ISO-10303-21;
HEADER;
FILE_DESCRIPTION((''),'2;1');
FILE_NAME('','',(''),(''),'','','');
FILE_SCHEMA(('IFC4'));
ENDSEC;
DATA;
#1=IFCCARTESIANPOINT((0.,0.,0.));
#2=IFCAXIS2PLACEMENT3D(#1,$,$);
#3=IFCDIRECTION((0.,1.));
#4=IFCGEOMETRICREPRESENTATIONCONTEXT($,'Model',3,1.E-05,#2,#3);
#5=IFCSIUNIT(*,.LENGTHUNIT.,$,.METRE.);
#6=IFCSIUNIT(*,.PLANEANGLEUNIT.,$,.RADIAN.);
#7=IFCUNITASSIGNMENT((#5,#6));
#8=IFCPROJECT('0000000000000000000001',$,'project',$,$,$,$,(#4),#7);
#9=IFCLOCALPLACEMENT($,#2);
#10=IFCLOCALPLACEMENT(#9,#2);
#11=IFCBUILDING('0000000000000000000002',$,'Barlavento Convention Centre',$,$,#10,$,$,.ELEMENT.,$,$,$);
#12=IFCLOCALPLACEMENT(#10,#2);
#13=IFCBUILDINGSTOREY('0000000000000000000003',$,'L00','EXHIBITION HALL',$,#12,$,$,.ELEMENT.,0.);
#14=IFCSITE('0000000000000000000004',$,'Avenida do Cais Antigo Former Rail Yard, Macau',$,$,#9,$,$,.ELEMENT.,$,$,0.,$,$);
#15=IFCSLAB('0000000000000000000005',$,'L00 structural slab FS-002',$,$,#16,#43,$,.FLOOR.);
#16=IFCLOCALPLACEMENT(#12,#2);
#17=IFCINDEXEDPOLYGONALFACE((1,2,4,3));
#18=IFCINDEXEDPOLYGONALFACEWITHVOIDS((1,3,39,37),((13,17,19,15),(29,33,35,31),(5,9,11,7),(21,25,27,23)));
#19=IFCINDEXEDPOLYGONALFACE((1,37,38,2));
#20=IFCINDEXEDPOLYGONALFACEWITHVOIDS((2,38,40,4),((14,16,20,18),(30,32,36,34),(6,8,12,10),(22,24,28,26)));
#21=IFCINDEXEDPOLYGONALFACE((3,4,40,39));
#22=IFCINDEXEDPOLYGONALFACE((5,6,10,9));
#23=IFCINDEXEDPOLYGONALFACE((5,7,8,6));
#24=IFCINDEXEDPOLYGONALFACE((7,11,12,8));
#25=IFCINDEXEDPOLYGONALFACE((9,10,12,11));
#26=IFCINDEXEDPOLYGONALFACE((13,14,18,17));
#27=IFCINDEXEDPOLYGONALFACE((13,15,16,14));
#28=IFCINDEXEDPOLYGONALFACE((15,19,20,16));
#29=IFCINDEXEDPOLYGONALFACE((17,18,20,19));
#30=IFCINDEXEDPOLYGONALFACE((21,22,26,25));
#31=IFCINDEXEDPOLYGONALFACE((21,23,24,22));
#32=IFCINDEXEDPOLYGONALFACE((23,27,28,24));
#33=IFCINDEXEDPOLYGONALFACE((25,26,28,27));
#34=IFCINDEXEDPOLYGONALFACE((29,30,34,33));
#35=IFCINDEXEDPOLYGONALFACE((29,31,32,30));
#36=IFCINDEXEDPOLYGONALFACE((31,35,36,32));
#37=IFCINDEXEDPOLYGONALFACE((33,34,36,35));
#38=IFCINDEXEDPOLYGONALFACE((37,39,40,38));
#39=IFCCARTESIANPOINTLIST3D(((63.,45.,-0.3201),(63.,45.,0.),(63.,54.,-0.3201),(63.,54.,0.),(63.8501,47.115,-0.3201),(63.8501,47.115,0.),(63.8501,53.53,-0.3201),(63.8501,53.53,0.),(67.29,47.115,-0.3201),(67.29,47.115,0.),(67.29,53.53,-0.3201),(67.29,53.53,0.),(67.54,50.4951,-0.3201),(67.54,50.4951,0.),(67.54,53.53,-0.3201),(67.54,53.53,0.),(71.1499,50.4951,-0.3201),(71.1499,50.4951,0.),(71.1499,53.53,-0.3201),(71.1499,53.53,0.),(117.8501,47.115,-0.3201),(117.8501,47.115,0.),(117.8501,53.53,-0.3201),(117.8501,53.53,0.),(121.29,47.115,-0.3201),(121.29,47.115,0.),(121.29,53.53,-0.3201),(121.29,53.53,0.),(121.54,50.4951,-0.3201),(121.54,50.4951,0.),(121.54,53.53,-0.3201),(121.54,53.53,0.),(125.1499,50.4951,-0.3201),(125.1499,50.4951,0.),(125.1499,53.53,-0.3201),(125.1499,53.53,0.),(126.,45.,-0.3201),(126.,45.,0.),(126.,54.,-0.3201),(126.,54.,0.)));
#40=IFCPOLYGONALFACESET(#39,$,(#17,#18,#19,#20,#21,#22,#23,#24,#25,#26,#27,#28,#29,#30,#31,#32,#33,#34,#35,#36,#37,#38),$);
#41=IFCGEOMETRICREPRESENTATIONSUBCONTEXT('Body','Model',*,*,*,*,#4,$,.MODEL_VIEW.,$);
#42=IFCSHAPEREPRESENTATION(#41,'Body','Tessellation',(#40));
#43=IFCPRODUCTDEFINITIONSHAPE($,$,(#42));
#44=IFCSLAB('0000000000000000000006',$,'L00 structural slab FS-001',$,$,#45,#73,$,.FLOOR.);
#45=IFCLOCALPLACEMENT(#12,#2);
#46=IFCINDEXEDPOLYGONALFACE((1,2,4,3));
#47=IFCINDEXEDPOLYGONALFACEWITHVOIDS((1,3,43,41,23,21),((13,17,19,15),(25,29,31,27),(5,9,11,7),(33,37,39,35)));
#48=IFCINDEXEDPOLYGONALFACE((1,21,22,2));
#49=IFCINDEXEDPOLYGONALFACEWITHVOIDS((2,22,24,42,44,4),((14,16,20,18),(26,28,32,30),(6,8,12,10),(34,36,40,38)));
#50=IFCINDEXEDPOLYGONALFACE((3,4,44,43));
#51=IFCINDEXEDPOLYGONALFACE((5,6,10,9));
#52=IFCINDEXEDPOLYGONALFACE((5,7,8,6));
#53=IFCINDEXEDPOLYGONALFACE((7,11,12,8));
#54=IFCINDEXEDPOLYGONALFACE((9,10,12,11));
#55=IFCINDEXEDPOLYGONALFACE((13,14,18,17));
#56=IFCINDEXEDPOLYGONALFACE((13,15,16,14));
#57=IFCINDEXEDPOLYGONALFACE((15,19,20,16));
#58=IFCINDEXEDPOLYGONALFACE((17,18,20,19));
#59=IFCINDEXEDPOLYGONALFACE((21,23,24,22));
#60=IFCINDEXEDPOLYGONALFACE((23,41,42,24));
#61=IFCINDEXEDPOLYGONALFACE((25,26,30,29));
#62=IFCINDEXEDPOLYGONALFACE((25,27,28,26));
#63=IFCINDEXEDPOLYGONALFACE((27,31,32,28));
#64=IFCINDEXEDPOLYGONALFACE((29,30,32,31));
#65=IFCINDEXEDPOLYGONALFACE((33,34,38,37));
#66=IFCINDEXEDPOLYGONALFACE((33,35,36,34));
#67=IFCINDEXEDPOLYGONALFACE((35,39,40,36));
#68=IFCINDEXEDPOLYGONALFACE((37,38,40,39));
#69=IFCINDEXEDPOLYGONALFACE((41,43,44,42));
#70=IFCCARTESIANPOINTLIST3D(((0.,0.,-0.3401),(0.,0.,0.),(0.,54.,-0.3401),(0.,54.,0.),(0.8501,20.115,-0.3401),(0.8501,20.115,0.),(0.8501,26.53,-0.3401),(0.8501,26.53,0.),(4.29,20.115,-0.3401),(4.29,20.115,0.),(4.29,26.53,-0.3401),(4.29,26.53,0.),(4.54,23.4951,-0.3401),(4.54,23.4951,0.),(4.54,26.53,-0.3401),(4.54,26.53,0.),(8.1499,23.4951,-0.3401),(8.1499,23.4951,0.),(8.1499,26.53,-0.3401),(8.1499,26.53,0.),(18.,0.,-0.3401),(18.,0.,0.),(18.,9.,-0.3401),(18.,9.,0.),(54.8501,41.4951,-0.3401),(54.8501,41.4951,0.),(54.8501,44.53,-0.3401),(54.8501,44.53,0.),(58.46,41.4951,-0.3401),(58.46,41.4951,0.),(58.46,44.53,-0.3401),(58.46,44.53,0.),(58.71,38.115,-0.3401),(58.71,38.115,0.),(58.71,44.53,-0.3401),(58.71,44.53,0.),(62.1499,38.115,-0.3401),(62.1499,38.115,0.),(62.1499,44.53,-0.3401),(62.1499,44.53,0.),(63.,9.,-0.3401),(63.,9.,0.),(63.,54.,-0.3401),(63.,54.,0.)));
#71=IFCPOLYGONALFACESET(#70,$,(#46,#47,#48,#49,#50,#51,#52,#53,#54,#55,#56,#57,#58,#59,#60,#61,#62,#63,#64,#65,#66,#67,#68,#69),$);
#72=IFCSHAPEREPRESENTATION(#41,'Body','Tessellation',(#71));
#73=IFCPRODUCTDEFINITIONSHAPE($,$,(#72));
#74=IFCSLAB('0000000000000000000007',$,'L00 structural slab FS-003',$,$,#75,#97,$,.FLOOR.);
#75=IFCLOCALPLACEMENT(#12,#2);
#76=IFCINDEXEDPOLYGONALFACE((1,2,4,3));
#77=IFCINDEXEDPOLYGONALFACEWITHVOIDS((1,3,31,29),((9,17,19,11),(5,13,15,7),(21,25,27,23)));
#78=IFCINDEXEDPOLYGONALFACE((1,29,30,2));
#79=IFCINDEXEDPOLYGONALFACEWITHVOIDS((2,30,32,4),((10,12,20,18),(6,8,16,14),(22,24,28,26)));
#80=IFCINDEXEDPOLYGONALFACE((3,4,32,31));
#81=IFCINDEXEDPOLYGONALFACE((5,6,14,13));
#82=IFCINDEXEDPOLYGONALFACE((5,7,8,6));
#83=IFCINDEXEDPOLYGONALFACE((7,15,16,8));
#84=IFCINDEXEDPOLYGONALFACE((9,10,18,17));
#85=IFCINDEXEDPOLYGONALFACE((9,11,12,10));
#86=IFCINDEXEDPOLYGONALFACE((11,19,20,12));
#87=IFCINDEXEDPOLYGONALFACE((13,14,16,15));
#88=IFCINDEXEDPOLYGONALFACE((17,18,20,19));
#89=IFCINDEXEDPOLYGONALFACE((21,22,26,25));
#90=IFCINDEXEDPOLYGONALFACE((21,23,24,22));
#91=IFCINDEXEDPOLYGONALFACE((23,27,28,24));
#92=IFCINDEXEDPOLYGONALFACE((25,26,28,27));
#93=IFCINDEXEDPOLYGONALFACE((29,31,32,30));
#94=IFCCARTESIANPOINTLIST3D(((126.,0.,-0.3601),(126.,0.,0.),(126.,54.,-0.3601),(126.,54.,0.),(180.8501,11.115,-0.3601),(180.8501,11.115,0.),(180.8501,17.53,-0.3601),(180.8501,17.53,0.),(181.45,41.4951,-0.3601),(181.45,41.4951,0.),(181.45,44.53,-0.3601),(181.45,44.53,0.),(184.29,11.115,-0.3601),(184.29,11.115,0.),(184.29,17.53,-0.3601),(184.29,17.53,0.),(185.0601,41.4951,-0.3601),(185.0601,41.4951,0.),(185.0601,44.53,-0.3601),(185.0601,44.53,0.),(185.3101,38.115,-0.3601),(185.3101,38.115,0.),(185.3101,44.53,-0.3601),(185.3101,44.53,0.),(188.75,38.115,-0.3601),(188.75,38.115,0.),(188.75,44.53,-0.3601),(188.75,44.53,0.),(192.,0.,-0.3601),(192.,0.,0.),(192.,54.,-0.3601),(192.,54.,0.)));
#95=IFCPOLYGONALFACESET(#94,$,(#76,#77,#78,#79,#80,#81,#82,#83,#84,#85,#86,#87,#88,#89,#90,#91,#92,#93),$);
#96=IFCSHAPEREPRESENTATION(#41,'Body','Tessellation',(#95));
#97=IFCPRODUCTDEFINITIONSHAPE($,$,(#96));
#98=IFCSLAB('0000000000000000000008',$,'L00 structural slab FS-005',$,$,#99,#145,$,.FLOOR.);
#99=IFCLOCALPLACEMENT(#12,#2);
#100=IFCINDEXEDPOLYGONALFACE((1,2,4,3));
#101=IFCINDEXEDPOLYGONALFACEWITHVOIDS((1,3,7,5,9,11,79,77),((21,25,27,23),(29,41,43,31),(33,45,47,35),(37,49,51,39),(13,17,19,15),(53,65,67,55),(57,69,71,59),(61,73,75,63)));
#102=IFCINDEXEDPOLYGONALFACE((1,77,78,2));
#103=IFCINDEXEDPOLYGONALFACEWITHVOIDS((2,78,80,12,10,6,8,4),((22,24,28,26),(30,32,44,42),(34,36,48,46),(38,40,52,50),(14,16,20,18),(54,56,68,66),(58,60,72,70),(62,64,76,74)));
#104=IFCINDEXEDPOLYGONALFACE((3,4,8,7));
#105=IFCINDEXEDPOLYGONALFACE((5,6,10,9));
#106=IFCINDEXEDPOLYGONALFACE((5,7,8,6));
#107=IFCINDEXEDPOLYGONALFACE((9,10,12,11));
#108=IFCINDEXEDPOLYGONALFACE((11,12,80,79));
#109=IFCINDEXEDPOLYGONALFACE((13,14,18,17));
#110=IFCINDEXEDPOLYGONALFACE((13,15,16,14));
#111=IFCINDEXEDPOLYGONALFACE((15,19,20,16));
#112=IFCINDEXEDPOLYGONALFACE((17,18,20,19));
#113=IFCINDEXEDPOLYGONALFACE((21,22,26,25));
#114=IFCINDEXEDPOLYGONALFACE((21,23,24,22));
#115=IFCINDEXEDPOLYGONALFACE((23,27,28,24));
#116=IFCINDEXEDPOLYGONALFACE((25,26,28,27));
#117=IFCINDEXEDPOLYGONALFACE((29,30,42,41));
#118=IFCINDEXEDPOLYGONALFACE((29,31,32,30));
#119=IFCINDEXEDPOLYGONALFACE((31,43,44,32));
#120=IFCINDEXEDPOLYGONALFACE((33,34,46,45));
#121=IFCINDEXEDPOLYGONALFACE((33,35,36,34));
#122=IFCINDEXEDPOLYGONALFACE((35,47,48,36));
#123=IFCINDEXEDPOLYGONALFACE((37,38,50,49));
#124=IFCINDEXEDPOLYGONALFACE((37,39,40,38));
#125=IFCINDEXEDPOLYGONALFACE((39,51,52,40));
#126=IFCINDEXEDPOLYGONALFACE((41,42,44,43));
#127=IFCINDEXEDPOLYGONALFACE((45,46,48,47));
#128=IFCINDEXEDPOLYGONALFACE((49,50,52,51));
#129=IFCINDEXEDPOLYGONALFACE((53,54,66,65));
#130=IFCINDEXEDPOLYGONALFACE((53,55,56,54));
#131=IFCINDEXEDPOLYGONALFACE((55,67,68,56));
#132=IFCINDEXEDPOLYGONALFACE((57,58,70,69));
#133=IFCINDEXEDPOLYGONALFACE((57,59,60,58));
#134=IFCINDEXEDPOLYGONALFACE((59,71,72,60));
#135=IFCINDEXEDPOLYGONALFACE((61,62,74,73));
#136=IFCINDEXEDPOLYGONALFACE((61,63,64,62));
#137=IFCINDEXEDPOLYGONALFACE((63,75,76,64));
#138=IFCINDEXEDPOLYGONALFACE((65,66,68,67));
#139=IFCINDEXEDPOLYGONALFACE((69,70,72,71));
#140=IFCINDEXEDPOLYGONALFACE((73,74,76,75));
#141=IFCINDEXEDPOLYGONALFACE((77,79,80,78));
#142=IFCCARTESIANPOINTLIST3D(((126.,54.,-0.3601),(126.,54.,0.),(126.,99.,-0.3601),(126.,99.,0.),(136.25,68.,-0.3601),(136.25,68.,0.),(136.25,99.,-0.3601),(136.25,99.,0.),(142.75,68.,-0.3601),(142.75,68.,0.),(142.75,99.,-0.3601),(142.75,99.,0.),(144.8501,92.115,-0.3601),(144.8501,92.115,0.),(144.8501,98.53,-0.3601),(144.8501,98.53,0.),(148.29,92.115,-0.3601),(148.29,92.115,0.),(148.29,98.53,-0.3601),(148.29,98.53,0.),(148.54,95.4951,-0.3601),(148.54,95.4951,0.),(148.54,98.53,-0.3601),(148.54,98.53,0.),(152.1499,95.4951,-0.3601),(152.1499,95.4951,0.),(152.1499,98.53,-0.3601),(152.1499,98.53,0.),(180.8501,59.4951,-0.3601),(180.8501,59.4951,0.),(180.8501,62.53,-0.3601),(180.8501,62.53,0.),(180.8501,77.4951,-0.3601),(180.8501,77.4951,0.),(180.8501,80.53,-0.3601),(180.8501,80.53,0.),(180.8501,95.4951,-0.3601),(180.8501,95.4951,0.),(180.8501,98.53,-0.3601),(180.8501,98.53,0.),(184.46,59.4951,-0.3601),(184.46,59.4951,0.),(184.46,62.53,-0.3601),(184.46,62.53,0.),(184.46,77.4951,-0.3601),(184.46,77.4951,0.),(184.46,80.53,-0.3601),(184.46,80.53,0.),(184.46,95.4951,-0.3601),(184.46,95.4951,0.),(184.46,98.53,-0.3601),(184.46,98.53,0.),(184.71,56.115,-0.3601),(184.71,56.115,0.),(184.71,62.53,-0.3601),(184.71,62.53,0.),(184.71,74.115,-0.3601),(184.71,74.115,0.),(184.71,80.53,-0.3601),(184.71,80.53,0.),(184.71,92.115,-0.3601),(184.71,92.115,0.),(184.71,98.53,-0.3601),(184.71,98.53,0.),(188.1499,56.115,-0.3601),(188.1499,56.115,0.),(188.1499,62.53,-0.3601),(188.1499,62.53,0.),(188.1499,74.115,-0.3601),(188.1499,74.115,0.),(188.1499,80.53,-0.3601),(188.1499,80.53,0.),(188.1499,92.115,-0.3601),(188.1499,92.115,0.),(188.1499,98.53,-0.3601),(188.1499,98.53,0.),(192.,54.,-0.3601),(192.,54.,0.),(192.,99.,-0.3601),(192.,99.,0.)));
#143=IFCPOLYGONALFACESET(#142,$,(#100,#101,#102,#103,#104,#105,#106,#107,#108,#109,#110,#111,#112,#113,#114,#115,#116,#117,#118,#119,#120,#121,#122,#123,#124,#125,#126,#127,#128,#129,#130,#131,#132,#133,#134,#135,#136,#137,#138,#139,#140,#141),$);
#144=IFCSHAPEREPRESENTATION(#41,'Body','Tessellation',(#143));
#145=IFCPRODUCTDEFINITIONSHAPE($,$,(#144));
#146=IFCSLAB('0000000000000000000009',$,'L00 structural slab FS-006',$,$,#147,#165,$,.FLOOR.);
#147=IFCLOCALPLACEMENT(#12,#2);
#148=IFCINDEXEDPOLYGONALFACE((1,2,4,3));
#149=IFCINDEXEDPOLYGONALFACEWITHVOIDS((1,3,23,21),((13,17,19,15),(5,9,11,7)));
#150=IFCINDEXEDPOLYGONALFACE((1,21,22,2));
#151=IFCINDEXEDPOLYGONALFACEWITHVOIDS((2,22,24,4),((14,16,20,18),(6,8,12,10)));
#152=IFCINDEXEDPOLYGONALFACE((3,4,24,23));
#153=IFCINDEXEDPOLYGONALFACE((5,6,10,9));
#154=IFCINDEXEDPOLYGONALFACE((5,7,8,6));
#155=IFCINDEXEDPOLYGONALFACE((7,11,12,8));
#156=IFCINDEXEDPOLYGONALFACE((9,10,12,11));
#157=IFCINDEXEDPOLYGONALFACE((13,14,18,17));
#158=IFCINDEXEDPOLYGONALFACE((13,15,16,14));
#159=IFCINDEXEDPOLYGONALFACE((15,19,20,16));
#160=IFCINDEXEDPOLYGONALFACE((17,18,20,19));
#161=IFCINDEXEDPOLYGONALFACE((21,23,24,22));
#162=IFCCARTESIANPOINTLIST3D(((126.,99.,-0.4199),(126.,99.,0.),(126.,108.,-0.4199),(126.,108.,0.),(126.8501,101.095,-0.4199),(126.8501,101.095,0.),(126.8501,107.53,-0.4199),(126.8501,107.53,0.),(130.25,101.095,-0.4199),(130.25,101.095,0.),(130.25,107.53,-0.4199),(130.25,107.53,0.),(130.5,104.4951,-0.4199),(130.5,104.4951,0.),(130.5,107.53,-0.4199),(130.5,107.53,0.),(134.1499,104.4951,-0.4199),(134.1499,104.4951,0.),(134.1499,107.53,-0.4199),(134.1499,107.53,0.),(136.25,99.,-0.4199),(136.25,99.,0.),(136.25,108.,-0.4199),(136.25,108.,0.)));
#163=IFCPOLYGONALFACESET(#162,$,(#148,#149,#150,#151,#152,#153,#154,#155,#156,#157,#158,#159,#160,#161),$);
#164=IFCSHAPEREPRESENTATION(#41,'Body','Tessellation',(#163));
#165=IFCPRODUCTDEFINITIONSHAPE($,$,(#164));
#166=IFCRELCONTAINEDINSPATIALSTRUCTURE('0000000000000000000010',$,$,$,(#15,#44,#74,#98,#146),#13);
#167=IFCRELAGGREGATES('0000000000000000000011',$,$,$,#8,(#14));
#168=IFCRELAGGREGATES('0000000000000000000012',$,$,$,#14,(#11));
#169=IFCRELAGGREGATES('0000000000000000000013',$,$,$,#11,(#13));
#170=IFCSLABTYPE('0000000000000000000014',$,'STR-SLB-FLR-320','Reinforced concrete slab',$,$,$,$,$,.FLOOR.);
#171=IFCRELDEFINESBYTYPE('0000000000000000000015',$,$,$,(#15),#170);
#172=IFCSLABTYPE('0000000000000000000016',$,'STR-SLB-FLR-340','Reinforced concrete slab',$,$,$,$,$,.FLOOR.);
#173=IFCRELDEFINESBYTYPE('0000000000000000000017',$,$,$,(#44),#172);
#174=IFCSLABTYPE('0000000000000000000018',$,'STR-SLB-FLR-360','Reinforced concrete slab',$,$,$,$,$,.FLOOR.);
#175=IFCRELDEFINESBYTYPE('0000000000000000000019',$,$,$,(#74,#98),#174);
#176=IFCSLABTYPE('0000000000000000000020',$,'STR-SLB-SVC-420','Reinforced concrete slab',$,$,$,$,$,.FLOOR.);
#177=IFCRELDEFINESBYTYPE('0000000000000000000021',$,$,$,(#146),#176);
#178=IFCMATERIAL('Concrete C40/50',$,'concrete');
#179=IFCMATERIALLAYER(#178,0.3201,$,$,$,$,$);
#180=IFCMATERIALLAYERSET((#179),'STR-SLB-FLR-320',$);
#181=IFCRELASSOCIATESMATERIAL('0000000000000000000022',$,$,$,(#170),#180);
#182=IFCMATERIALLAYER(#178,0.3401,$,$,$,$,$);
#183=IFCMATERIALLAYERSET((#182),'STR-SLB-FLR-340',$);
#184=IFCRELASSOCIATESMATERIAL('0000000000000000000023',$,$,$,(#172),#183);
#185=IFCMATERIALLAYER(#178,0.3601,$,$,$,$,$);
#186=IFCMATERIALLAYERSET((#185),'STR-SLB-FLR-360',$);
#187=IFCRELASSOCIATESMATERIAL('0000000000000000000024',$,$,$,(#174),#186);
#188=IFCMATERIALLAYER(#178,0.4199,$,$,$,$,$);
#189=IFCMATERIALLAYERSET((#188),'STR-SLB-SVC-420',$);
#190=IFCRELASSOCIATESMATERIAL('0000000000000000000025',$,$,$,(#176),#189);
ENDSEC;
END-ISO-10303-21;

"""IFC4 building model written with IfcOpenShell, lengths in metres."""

from ifc_helpers import new_model, si_unit, direction, frame, origin, place, context, subcontext, project, spatial, polyline, outline, extrude, material, layer, layer_set, type_object, element, save


model = new_model("IFC4")

# Units and contexts
model_context = context("Model", 3, precision=1e-05, world=origin(), true_north=direction((0.0, 1.0)))
body_context = subcontext(model_context, "Body", "Model", "MODEL_VIEW")
ifc_project = project(units=[si_unit("LENGTHUNIT", "METRE"), si_unit("PLANEANGLEUNIT", "RADIAN")], contexts=[model_context])

# Site, building, storey
site_placement = place(None, origin())
site = spatial("IfcSite", under=ifc_project, at=site_placement, Name="Avenida do Cais Antigo Former Rail Yard, Macau", CompositionType="ELEMENT", RefElevation=0.0)
building_placement = place(site_placement, origin())
building = spatial("IfcBuilding", under=site, at=building_placement, Name="Barlavento Convention Centre", CompositionType="ELEMENT")
storey_placement = place(building_placement, origin())
storey = spatial("IfcBuildingStorey", under=building, at=storey_placement, Name="L00", Description="EXHIBITION HALL", CompositionType="ELEMENT", Elevation=0.0)

# Shared definitions
ifc_material_1 = material(Name="Concrete C40/50", Category="concrete")

# Slabs
ifc_layer_1 = layer(ifc_material_1, 0.3201)
ifc_layer_set_1 = layer_set([ifc_layer_1], Name="STR-SLB-FLR-320")
slab_type_1 = type_object("IfcSlabType", Name="STR-SLB-FLR-320", Description="Reinforced concrete slab", PredefinedType="FLOOR", material=ifc_layer_set_1)
slab_1_placement = place(storey_placement, frame((0.0, 0.0, -0.3201)))
element("IfcSlab", 1, at=slab_1_placement, inside=storey, type_object=slab_type_1, Name="L00 structural slab FS-002", PredefinedType="FLOOR", context=body_context, shape_type="SweptSolid", body=[
    extrude(outline(polyline([(63.0, 45.0), (126.0, 45.0), (126.0, 54.0), (63.0, 54.0), (63.0, 45.0)]), holes=[polyline([(67.29, 47.115), (67.29, 53.53), (63.8501, 53.53), (63.8501, 47.115), (67.29, 47.115)]), polyline([(67.54, 50.4951), (71.1499, 50.4951), (71.1499, 53.53), (67.54, 53.53), (67.54, 50.4951)]), polyline([(121.29, 47.115), (121.29, 53.53), (117.8501, 53.53), (117.8501, 47.115), (121.29, 47.115)]), polyline([(121.54, 50.4951), (125.1499, 50.4951), (125.1499, 53.53), (121.54, 53.53), (121.54, 50.4951)])]), origin(), (0.0, 0.0, 1.0), 0.3201),
])
ifc_layer_2 = layer(ifc_material_1, 0.3401)
ifc_layer_set_2 = layer_set([ifc_layer_2], Name="STR-SLB-FLR-340")
slab_type_2 = type_object("IfcSlabType", Name="STR-SLB-FLR-340", Description="Reinforced concrete slab", PredefinedType="FLOOR", material=ifc_layer_set_2)
slab_2_placement = place(storey_placement, frame((0.0, 0.0, -0.3401)))
element("IfcSlab", 2, at=slab_2_placement, inside=storey, type_object=slab_type_2, Name="L00 structural slab FS-001", PredefinedType="FLOOR", context=body_context, shape_type="SweptSolid", body=[
    extrude(outline(polyline([(0.0, 0.0), (18.0, 0.0), (18.0, 9.0), (63.0, 9.0), (63.0, 54.0), (0.0, 54.0), (0.0, 0.0)]), holes=[polyline([(4.29, 20.115), (4.29, 26.53), (0.8501, 26.53), (0.8501, 20.115), (4.29, 20.115)]), polyline([(4.54, 23.4951), (8.1499, 23.4951), (8.1499, 26.53), (4.54, 26.53), (4.54, 23.4951)]), polyline([(62.1499, 38.115), (62.1499, 44.53), (58.71, 44.53), (58.71, 38.115), (62.1499, 38.115)]), polyline([(54.8501, 41.4951), (58.46, 41.4951), (58.46, 44.53), (54.8501, 44.53), (54.8501, 41.4951)])]), origin(), (0.0, 0.0, 1.0), 0.3401),
])
ifc_layer_3 = layer(ifc_material_1, 0.3601)
ifc_layer_set_3 = layer_set([ifc_layer_3], Name="STR-SLB-FLR-360")
slab_type_3 = type_object("IfcSlabType", Name="STR-SLB-FLR-360", Description="Reinforced concrete slab", PredefinedType="FLOOR", material=ifc_layer_set_3)
slab_3_placement = place(storey_placement, frame((0.0, 0.0, -0.3601)))
element("IfcSlab", 3, at=slab_3_placement, inside=storey, type_object=slab_type_3, Name="L00 structural slab FS-003", PredefinedType="FLOOR", context=body_context, shape_type="SweptSolid", body=[
    extrude(outline(polyline([(126.0, 0.0), (192.0, 0.0), (192.0, 54.0), (126.0, 54.0), (126.0, 0.0)]), holes=[polyline([(188.75, 38.115), (188.75, 44.53), (185.3101, 44.53), (185.3101, 38.115), (188.75, 38.115)]), polyline([(181.45, 41.4951), (185.0601, 41.4951), (185.0601, 44.53), (181.45, 44.53), (181.45, 41.4951)]), polyline([(184.29, 11.115), (184.29, 17.53), (180.8501, 17.53), (180.8501, 11.115), (184.29, 11.115)])]), origin(), (0.0, 0.0, 1.0), 0.3601),
])
slab_4_placement = place(storey_placement, frame((0.0, 0.0, -0.3601)))
element("IfcSlab", 4, at=slab_4_placement, inside=storey, type_object=slab_type_3, Name="L00 structural slab FS-005", PredefinedType="FLOOR", context=body_context, shape_type="SweptSolid", body=[
    extrude(outline(polyline([(126.0, 54.0), (192.0, 54.0), (192.0, 99.0), (142.75, 99.0), (142.75, 68.0), (136.25, 68.0), (136.25, 99.0), (126.0, 99.0), (126.0, 54.0)]), holes=[polyline([(188.1499, 56.115), (188.1499, 62.53), (184.71, 62.53), (184.71, 56.115), (188.1499, 56.115)]), polyline([(180.8501, 59.4951), (184.46, 59.4951), (184.46, 62.53), (180.8501, 62.53), (180.8501, 59.4951)]), polyline([(188.1499, 74.115), (188.1499, 80.53), (184.71, 80.53), (184.71, 74.115), (188.1499, 74.115)]), polyline([(180.8501, 77.4951), (184.46, 77.4951), (184.46, 80.53), (180.8501, 80.53), (180.8501, 77.4951)]), polyline([(188.1499, 92.115), (188.1499, 98.53), (184.71, 98.53), (184.71, 92.115), (188.1499, 92.115)]), polyline([(180.8501, 95.4951), (184.46, 95.4951), (184.46, 98.53), (180.8501, 98.53), (180.8501, 95.4951)]), polyline([(148.29, 92.115), (148.29, 98.53), (144.8501, 98.53), (144.8501, 92.115), (148.29, 92.115)]), polyline([(148.54, 95.4951), (152.1499, 95.4951), (152.1499, 98.53), (148.54, 98.53), (148.54, 95.4951)])]), origin(), (0.0, 0.0, 1.0), 0.3601),
])
ifc_layer_4 = layer(ifc_material_1, 0.4199)
ifc_layer_set_4 = layer_set([ifc_layer_4], Name="STR-SLB-SVC-420")
slab_type_4 = type_object("IfcSlabType", Name="STR-SLB-SVC-420", Description="Reinforced concrete slab", PredefinedType="FLOOR", material=ifc_layer_set_4)
slab_5_placement = place(storey_placement, frame((0.0, 0.0, -0.4199)))
element("IfcSlab", 5, at=slab_5_placement, inside=storey, type_object=slab_type_4, Name="L00 structural slab FS-006", PredefinedType="FLOOR", context=body_context, shape_type="SweptSolid", body=[
    extrude(outline(polyline([(126.0, 99.0), (136.25, 99.0), (136.25, 108.0), (126.0, 108.0), (126.0, 99.0)]), holes=[polyline([(130.25, 101.095), (130.25, 107.53), (126.8501, 107.53), (126.8501, 101.095), (130.25, 101.095)]), polyline([(130.5, 104.4951), (134.1499, 104.4951), (134.1499, 107.53), (130.5, 107.53), (130.5, 104.4951)])]), origin(), (0.0, 0.0, 1.0), 0.4199),
])

save(model, "model.ifc")
